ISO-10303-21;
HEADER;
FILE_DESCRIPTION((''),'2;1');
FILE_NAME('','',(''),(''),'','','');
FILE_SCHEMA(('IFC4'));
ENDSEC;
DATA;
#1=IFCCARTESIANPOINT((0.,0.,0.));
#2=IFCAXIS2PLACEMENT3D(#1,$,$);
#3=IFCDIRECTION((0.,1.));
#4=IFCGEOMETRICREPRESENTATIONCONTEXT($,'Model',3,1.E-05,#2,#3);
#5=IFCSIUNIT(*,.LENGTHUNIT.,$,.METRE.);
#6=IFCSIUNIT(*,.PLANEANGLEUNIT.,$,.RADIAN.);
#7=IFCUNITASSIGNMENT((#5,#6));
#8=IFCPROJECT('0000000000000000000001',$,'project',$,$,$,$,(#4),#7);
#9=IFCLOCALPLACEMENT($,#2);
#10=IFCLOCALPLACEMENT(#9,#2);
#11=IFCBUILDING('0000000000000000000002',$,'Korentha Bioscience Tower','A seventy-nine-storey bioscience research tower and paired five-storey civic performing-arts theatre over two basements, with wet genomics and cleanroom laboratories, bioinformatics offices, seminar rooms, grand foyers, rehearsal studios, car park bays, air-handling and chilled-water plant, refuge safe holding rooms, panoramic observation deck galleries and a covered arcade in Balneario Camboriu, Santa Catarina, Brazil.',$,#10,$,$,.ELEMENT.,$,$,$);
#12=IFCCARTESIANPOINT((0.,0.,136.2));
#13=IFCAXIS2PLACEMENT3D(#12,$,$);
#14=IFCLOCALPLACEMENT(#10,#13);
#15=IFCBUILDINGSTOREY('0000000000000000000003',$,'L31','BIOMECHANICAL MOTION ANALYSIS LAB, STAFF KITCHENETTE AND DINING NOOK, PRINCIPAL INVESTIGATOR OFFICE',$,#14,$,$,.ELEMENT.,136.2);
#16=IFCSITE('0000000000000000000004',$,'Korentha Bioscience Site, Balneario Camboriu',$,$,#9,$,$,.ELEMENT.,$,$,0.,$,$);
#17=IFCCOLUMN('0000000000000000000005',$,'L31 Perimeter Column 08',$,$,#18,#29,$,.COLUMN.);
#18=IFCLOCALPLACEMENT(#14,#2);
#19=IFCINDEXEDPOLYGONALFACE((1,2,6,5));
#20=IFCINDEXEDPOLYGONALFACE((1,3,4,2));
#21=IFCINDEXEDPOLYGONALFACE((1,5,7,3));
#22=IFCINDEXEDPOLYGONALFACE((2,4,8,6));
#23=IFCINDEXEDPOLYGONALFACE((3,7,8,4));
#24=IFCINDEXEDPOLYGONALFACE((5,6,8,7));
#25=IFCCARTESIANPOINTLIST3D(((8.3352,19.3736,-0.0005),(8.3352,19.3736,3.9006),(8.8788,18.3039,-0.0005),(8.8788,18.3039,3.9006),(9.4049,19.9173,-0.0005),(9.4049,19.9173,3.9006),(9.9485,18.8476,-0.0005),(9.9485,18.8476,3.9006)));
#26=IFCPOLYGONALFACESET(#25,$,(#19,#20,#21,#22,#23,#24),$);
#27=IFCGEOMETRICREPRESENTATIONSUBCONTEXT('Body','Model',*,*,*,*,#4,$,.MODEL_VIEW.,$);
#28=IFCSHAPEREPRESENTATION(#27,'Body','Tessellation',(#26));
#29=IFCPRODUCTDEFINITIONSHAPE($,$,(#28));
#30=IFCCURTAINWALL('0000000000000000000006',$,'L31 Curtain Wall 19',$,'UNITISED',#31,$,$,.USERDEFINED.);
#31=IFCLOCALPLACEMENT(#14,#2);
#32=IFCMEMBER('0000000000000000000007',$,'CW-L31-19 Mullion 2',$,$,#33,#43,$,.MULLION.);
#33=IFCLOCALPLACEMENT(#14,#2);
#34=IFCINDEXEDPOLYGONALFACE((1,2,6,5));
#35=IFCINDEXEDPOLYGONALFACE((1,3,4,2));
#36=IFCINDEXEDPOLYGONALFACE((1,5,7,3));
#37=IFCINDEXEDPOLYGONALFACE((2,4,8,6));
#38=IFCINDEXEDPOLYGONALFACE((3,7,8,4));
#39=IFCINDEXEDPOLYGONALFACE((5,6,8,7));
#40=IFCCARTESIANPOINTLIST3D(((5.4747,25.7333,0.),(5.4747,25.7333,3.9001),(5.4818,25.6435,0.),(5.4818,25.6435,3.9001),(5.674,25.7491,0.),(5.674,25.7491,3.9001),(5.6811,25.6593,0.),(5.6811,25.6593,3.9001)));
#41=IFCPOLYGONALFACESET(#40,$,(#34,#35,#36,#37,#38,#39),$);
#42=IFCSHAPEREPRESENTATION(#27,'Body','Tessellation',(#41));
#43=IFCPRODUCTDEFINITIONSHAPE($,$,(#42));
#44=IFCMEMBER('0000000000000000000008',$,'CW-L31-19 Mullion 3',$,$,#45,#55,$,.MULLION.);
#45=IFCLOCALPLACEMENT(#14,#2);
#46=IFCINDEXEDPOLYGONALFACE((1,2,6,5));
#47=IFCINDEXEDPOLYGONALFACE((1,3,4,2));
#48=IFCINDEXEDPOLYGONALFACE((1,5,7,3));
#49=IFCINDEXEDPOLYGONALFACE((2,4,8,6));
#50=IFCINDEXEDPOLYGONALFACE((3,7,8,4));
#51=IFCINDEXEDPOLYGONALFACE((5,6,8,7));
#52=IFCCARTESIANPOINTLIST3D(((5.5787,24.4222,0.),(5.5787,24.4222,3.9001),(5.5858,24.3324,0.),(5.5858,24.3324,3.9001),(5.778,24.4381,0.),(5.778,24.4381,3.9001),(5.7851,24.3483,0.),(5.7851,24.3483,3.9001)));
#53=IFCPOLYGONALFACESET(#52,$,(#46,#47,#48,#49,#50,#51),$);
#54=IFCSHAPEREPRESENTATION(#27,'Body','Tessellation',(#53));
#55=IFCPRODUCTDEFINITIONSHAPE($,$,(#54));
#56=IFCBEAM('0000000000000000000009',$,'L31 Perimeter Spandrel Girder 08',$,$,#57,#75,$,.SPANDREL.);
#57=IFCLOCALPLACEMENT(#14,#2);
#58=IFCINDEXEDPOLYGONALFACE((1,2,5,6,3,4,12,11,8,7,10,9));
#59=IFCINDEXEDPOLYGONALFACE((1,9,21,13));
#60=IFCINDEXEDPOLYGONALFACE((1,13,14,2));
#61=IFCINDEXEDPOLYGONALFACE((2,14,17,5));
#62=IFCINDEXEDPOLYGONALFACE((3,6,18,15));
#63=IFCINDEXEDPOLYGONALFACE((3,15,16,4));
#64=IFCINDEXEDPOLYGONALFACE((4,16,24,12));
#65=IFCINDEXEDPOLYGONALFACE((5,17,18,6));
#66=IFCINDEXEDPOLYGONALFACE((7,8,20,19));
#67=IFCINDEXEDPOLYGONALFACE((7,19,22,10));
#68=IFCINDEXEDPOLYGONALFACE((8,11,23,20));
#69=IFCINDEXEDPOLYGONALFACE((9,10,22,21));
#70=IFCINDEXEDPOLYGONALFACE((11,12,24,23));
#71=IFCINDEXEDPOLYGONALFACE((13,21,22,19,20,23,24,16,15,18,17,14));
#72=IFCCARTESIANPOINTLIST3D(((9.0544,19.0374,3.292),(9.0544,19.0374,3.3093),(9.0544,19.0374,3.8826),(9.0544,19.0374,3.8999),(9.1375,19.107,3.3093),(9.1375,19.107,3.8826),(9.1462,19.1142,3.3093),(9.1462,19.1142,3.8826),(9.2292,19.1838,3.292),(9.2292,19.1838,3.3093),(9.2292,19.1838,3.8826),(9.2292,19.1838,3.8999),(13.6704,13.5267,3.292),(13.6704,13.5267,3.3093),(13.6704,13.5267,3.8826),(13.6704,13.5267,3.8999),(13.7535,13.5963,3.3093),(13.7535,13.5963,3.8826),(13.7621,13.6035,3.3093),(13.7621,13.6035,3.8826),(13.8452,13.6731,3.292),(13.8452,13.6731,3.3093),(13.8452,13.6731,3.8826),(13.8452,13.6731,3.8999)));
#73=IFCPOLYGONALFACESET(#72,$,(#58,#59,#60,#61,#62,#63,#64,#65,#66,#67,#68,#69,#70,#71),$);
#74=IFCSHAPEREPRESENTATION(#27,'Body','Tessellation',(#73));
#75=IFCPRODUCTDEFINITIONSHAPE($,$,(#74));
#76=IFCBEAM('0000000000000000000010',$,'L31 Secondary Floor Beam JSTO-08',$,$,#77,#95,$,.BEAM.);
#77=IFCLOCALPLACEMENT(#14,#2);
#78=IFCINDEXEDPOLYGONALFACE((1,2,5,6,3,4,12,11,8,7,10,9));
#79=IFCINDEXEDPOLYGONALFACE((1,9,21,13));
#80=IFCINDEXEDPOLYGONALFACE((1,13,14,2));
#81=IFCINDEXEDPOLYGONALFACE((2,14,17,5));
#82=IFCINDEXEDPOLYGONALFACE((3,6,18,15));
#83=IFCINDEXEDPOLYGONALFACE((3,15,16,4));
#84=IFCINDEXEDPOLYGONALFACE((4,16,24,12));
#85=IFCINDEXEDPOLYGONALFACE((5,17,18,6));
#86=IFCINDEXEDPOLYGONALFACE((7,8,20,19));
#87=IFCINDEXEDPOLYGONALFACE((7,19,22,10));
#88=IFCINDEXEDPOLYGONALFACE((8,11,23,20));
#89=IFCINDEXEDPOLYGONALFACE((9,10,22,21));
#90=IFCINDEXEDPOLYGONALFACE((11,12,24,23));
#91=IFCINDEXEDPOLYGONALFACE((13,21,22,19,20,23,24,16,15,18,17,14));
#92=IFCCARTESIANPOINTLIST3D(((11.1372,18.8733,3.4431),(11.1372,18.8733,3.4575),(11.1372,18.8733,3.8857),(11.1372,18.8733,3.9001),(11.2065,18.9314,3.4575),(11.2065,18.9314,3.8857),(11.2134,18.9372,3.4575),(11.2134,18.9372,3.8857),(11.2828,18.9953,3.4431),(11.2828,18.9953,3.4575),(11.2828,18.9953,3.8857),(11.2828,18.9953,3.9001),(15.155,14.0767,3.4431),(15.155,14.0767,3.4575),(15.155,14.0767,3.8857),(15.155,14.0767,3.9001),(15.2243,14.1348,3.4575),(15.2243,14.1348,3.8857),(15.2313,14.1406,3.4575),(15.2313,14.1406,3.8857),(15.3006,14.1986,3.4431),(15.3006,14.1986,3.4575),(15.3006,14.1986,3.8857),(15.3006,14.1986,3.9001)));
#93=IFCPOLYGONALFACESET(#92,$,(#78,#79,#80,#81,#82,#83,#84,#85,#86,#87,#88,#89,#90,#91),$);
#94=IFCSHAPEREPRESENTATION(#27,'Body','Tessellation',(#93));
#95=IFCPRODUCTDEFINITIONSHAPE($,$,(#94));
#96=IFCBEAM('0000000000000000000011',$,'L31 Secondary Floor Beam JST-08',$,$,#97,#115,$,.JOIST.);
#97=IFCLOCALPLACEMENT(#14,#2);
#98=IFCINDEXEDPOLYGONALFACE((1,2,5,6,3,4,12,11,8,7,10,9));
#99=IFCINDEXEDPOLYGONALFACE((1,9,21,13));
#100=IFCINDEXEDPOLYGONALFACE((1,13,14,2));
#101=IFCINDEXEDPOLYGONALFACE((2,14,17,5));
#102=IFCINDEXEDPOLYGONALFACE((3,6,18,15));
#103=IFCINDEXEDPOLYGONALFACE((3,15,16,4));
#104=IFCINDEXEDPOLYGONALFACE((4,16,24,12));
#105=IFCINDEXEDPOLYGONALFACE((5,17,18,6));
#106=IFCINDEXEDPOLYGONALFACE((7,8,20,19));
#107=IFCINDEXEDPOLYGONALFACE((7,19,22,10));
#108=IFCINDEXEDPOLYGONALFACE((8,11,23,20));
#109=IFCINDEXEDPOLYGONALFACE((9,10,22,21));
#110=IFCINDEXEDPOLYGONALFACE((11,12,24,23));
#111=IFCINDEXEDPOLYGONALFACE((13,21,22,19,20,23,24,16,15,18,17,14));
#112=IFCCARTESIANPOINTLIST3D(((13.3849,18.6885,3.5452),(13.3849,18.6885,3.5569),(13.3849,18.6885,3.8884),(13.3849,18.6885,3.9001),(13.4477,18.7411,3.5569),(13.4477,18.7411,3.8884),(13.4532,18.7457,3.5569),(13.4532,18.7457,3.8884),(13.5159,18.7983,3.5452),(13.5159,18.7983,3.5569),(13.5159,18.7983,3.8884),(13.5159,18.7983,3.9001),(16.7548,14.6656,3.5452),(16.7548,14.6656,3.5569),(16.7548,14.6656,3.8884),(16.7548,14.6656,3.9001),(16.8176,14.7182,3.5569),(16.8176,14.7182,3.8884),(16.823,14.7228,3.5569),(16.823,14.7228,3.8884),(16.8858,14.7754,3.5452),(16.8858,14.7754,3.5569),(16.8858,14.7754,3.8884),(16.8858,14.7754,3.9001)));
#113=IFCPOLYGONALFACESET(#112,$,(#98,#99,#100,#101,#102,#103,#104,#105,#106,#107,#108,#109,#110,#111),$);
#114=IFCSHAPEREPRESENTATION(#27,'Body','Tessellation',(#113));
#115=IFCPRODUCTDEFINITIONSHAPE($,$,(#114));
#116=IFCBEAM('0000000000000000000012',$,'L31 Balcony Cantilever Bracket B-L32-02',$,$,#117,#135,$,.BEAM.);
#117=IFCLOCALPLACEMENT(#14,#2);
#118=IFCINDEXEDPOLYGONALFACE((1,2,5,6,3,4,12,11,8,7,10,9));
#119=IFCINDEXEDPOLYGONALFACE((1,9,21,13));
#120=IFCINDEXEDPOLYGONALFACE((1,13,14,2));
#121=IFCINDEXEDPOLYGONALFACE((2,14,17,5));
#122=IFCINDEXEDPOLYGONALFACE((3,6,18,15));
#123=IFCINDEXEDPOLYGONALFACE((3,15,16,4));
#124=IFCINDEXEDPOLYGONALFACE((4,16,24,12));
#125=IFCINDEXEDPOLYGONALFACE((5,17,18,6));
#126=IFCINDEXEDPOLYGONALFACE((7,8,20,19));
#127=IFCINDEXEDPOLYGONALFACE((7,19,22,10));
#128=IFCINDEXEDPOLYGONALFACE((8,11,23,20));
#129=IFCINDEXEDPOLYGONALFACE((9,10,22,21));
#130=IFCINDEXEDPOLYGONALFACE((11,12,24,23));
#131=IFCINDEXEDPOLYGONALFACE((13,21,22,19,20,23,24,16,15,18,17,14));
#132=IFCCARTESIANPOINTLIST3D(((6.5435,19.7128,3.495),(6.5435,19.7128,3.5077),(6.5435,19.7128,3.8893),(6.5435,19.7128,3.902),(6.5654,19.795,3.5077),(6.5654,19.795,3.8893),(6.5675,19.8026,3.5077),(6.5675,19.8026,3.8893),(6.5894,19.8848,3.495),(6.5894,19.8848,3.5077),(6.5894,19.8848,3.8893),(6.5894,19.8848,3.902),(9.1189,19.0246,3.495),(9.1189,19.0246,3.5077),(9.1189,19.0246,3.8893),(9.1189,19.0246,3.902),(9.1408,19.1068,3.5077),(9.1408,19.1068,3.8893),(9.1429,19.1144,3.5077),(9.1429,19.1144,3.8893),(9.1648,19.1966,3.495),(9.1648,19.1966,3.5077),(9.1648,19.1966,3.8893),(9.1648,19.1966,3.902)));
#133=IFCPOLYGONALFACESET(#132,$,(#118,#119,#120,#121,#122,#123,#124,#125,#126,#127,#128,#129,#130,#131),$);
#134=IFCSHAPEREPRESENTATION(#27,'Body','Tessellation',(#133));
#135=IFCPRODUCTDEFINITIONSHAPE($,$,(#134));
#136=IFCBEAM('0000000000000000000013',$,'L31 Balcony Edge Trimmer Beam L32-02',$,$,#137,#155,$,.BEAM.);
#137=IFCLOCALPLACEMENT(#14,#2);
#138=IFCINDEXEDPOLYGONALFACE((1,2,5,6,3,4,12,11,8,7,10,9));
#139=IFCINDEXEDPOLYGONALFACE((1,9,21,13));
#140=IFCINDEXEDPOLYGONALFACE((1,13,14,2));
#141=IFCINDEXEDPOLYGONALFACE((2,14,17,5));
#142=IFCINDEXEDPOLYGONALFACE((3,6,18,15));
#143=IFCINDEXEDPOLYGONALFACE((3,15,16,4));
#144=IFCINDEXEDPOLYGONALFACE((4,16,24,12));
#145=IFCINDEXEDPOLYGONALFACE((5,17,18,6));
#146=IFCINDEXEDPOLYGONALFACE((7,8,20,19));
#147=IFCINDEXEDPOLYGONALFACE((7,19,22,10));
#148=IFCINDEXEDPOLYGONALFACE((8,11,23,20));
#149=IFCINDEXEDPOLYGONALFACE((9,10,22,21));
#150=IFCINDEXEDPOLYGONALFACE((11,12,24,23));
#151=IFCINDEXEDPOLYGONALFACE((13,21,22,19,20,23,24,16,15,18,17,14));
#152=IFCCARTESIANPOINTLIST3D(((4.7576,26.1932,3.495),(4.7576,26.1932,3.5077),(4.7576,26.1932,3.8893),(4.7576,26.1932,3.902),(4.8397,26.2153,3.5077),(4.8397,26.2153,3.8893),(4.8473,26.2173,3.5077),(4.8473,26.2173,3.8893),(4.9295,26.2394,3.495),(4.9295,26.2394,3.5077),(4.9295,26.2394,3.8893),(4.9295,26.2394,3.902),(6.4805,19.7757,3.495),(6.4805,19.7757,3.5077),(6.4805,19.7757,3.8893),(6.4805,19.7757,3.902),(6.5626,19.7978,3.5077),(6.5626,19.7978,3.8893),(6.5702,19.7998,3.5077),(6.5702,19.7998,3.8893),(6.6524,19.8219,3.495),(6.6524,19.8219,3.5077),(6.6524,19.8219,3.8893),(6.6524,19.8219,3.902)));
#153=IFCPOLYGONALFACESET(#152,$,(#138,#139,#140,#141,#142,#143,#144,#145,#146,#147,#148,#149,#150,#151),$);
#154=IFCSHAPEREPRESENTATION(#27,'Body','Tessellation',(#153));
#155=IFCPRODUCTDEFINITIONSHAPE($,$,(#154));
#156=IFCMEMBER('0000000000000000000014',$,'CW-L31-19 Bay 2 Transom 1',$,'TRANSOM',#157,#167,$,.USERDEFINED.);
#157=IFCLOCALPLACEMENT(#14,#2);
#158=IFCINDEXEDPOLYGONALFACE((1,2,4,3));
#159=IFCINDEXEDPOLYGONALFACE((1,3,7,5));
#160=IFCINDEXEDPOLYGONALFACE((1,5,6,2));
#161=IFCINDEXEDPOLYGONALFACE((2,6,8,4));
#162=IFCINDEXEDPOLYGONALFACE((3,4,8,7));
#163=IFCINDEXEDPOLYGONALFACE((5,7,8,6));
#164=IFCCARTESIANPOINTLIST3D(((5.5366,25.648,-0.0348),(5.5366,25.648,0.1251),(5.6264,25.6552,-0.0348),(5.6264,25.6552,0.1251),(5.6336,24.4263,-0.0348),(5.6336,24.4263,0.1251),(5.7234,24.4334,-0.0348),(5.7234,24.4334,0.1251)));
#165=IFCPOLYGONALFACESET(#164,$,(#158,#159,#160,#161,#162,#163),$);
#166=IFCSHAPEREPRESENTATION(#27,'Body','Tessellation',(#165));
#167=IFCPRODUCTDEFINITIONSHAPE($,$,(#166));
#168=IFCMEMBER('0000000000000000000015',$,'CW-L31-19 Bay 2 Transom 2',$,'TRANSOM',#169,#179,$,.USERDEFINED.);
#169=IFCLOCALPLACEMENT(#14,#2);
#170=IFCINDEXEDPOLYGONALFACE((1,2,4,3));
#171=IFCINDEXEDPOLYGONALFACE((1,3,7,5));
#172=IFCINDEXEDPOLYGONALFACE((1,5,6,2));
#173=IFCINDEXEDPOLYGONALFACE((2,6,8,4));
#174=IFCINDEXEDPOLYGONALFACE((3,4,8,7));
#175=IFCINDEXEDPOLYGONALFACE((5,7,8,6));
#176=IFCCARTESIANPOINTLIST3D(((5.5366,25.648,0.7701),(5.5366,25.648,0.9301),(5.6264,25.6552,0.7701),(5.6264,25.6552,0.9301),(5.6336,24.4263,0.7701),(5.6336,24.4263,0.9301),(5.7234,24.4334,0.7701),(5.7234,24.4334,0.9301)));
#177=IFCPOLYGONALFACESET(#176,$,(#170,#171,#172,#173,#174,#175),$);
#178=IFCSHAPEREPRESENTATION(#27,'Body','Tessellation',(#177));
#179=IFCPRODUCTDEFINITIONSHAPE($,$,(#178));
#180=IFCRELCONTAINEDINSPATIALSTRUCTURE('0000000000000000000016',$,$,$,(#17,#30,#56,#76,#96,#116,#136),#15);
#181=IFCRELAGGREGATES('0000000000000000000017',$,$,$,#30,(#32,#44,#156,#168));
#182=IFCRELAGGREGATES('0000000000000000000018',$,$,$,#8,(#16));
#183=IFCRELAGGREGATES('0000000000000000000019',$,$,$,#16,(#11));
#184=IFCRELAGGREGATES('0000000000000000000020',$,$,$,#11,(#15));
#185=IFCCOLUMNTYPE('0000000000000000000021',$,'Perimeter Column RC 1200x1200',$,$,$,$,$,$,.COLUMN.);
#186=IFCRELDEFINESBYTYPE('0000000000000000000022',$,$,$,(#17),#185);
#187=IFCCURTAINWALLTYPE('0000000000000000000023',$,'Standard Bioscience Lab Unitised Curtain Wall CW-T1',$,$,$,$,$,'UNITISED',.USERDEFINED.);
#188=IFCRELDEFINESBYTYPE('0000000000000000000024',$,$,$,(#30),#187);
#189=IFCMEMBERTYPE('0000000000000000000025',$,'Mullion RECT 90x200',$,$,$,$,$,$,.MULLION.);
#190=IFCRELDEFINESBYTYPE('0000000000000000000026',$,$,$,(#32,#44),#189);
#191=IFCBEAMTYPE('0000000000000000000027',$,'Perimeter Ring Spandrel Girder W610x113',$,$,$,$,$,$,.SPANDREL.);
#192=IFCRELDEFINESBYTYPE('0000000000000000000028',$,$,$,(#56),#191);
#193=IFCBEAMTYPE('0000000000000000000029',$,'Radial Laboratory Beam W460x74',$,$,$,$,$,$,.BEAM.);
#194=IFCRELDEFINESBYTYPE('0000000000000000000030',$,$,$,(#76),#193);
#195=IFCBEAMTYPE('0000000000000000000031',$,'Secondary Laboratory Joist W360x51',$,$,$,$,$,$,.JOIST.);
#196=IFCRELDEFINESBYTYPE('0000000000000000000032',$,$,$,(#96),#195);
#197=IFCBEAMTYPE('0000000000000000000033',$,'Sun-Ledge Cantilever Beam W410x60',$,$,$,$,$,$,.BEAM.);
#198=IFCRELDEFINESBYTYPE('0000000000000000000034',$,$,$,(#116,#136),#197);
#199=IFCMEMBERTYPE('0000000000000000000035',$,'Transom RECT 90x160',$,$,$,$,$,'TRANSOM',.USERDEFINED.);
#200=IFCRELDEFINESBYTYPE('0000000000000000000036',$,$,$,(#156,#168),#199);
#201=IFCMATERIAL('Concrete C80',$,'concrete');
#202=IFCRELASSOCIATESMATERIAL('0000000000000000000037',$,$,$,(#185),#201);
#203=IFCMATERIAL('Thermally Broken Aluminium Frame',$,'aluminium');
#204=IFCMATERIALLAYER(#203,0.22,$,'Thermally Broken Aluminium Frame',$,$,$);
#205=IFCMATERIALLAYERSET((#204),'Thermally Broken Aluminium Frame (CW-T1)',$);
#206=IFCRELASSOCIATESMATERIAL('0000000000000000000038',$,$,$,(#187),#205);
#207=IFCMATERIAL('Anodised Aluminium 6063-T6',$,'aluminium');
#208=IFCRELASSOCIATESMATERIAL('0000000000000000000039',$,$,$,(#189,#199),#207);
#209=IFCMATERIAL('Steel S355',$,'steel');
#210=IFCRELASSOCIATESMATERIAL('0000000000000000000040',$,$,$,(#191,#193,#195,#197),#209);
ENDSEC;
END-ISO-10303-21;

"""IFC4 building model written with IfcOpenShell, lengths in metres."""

from ifc_helpers import new_model, si_unit, direction, frame, origin, origin_2d, place, context, subcontext, project, spatial, rectangle, i_section, extrude, material, layer, layer_set, material_profile, profile_set, type_object, element, aggregate, save


model = new_model("IFC4")

# Units and contexts
model_context = context("Model", 3, precision=1e-05, world=origin(), true_north=direction((0.0, 1.0)))
body_context = subcontext(model_context, "Body", "Model", "MODEL_VIEW")
ifc_project = project(units=[si_unit("LENGTHUNIT", "METRE"), si_unit("PLANEANGLEUNIT", "RADIAN")], contexts=[model_context])

# Site, building, storey
site_placement = place(None, origin())
site = spatial("IfcSite", under=ifc_project, at=site_placement, Name="Korentha Bioscience Site, Balneario Camboriu", CompositionType="ELEMENT", RefElevation=0.0)
building_placement = place(site_placement, origin())
building = spatial("IfcBuilding", under=site, at=building_placement, Name="Korentha Bioscience Tower", Description="A seventy-nine-storey bioscience research tower and paired five-storey civic performing-arts theatre over two basements, with wet genomics and cleanroom laboratories, bioinformatics offices, seminar rooms, grand foyers, rehearsal studios, car park bays, air-handling and chilled-water plant, refuge safe holding rooms, panoramic observation deck galleries and a covered arcade in Balneario Camboriu, Santa Catarina, Brazil.", CompositionType="ELEMENT")
storey_placement = place(building_placement, frame((0.0, 0.0, 136.2)))
storey = spatial("IfcBuildingStorey", under=building, at=storey_placement, Name="L31", Description="BIOMECHANICAL MOTION ANALYSIS LAB, STAFF KITCHENETTE AND DINING NOOK, PRINCIPAL INVESTIGATOR OFFICE", CompositionType="ELEMENT", Elevation=136.2)

# Column
ifc_material_1 = material(Name="Concrete C80", Category="concrete")
ifc_material_profile_1 = material_profile(ifc_material_1, rectangle(XDim=1.2, YDim=1.2, at=origin_2d()), Name="Concrete C80")
ifc_profile_set_1 = profile_set([ifc_material_profile_1], Name="Concrete C80 (COL-P12)")
column_type = type_object("IfcColumnType", Name="Perimeter Column RC 1200x1200", PredefinedType="COLUMN", material=ifc_profile_set_1)
column_placement = place(storey_placement, frame((9.1418, 19.1106, -0.0005), z_axis=(0.0, 0.0, 1.0), x_axis=(-0.453057, 0.891481, 0.0)))
element("IfcColumn", 1, at=column_placement, inside=storey, type_object=column_type, Name="L31 Perimeter Column 08", PredefinedType="COLUMN", context=body_context, shape_type="SweptSolid", body=[
    extrude(rectangle(XDim=1.2, YDim=1.2, at=origin_2d()), origin(), (0.0, 0.0, 1.0), 3.9011),
])

# Curtain wall, members
ifc_material_2 = material(Name="Thermally Broken Aluminium Frame", Category="aluminium")
ifc_layer_1 = layer(ifc_material_2, 0.22, Name="Thermally Broken Aluminium Frame")
ifc_layer_set_1 = layer_set([ifc_layer_1], Name="Thermally Broken Aluminium Frame (CW-T1)")
curtain_wall_type = type_object("IfcCurtainWallType", Name="Standard Bioscience Lab Unitised Curtain Wall CW-T1", ElementType="UNITISED", PredefinedType="USERDEFINED", material=ifc_layer_set_1)
curtain_wall_placement = place(storey_placement, origin())
curtain_wall = element("IfcCurtainWall", 2, at=curtain_wall_placement, inside=storey, type_object=curtain_wall_type, Name="L31 Curtain Wall 19", ObjectType="UNITISED", PredefinedType="USERDEFINED")
ifc_material_3 = material(Name="Anodised Aluminium 6063-T6", Category="aluminium")
ifc_material_profile_2 = material_profile(ifc_material_3, rectangle(XDim=0.0901, YDim=0.2, at=origin_2d()), Name="Anodised Aluminium 6063-T6")
ifc_profile_set_2 = profile_set([ifc_material_profile_2], Name="Anodised Aluminium 6063-T6 (CW-MUL)")
member_type_1 = type_object("IfcMemberType", Name="Mullion RECT 90x200", PredefinedType="MULLION", material=ifc_profile_set_2)
member_1_placement = place(storey_placement, frame((5.5779, 25.6963, 0.0), z_axis=(0.0, 0.0, 1.0), x_axis=(0.07913, -0.996864, 0.0)))
member_1 = element("IfcMember", 3, at=member_1_placement, type_object=member_type_1, Name="CW-L31-19 Mullion 2", PredefinedType="MULLION", context=body_context, shape_type="SweptSolid", body=[
    extrude(rectangle(XDim=0.0901, YDim=0.2, at=origin_2d()), origin(), (0.0, 0.0, 1.0), 3.9001),
])
member_2_placement = place(storey_placement, frame((5.6819, 24.3853, 0.0), z_axis=(0.0, 0.0, 1.0), x_axis=(0.07913, -0.996864, 0.0)))
member_2 = element("IfcMember", 4, at=member_2_placement, type_object=member_type_1, Name="CW-L31-19 Mullion 3", PredefinedType="MULLION", context=body_context, shape_type="SweptSolid", body=[
    extrude(rectangle(XDim=0.0901, YDim=0.2, at=origin_2d()), origin(), (0.0, 0.0, 1.0), 3.9001),
])

# Beams
ifc_material_4 = material(Name="Steel S355", Category="steel")
ifc_material_profile_3 = material_profile(ifc_material_4, i_section(OverallWidth=0.228, OverallDepth=0.6079, WebThickness=0.0112, FlangeThickness=0.0173, at=origin_2d()), Name="Steel S355")
ifc_profile_set_3 = profile_set([ifc_material_profile_3], Name="Steel S355 (SB-610)")
beam_type_1 = type_object("IfcBeamType", Name="Perimeter Ring Spandrel Girder W610x113", PredefinedType="SPANDREL", material=ifc_profile_set_3)
beam_1_placement = place(storey_placement, frame((9.1418, 19.1106, 3.5959), z_axis=(0.642127, -0.766599, 0.0), x_axis=(0.766599, 0.642127, 0.0)))
element("IfcBeam", 5, at=beam_1_placement, inside=storey, type_object=beam_type_1, Name="L31 Perimeter Spandrel Girder 08", PredefinedType="SPANDREL", context=body_context, shape_type="SweptSolid", body=[
    extrude(i_section(OverallWidth=0.228, OverallDepth=0.6079, WebThickness=0.0112, FlangeThickness=0.0173, at=origin_2d()), origin(), (0.0, 0.0, 1.0), 7.1885),
])
ifc_material_profile_4 = material_profile(ifc_material_4, i_section(OverallWidth=0.1899, OverallDepth=0.457, WebThickness=0.009, FlangeThickness=0.0144, at=origin_2d()), Name="Steel S355")
ifc_profile_set_4 = profile_set([ifc_material_profile_4], Name="Steel S355 (RB-460)")
beam_type_2 = type_object("IfcBeamType", Name="Radial Laboratory Beam W460x74", PredefinedType="BEAM", material=ifc_profile_set_4)
beam_2_placement = place(storey_placement, frame((11.21, 18.9343, 3.6716), z_axis=(0.642128, -0.766597, 0.0), x_axis=(0.766597, 0.642128, 0.0)))
element("IfcBeam", 6, at=beam_2_placement, inside=storey, type_object=beam_type_2, Name="L31 Secondary Floor Beam JSTO-08", PredefinedType="BEAM", context=body_context, shape_type="SweptSolid", body=[
    extrude(i_section(OverallWidth=0.1899, OverallDepth=0.457, WebThickness=0.009, FlangeThickness=0.0144, at=origin_2d()), origin(), (0.0, 0.0, 1.0), 6.2571),
])
ifc_material_profile_5 = material_profile(ifc_material_4, i_section(OverallWidth=0.1709, OverallDepth=0.355, WebThickness=0.0071, FlangeThickness=0.0117, at=origin_2d()), Name="Steel S355")
ifc_profile_set_5 = profile_set([ifc_material_profile_5], Name="Steel S355 (JB-360)")
beam_type_3 = type_object("IfcBeamType", Name="Secondary Laboratory Joist W360x51", PredefinedType="JOIST", material=ifc_profile_set_5)
beam_3_placement = place(storey_placement, frame((13.4504, 18.7434, 3.7227), z_axis=(0.642141, -0.766587, 0.0), x_axis=(0.766587, 0.642141, 0.0)))
element("IfcBeam", 7, at=beam_3_placement, inside=storey, type_object=beam_type_3, Name="L31 Secondary Floor Beam JST-08", PredefinedType="JOIST", context=body_context, shape_type="SweptSolid", body=[
    extrude(i_section(OverallWidth=0.1709, OverallDepth=0.355, WebThickness=0.0071, FlangeThickness=0.0117, at=origin_2d()), origin(), (0.0, 0.0, 1.0), 5.2478),
])
ifc_material_profile_6 = material_profile(ifc_material_4, i_section(OverallWidth=0.178, OverallDepth=0.407, WebThickness=0.0078, FlangeThickness=0.0127, at=origin_2d()), Name="Steel S355")
ifc_profile_set_6 = profile_set([ifc_material_profile_6], Name="Steel S355 (CB-410)")
beam_type_4 = type_object("IfcBeamType", Name="Sun-Ledge Cantilever Beam W410x60", PredefinedType="BEAM", material=ifc_profile_set_6)
beam_4_placement = place(storey_placement, frame((9.1418, 19.1106, 3.6985), z_axis=(-0.9661, 0.25817, 0.0), x_axis=(-0.25817, -0.9661, 0.0)))
element("IfcBeam", 8, at=beam_4_placement, inside=storey, type_object=beam_type_4, Name="L31 Balcony Cantilever Bracket B-L32-02", PredefinedType="BEAM", context=body_context, shape_type="SweptSolid", body=[
    extrude(i_section(OverallWidth=0.178, OverallDepth=0.407, WebThickness=0.0078, FlangeThickness=0.0127, at=origin_2d()), origin(), (0.0, 0.0, 1.0), 2.6658),
])
beam_5_placement = place(storey_placement, frame((4.8435, 26.2163, 3.6985), z_axis=(0.259288, -0.9658, 0.0), x_axis=(0.9658, 0.259288, 0.0)))
element("IfcBeam", 9, at=beam_5_placement, inside=storey, type_object=beam_type_4, Name="L31 Balcony Edge Trimmer Beam L32-02", PredefinedType="BEAM", context=body_context, shape_type="SweptSolid", body=[
    extrude(i_section(OverallWidth=0.178, OverallDepth=0.407, WebThickness=0.0078, FlangeThickness=0.0127, at=origin_2d()), origin(), (0.0, 0.0, 1.0), 6.6448),
])

# Members
ifc_material_profile_7 = material_profile(ifc_material_3, rectangle(XDim=0.0901, YDim=0.1599, at=origin_2d()), Name="Anodised Aluminium 6063-T6")
ifc_profile_set_7 = profile_set([ifc_material_profile_7], Name="Anodised Aluminium 6063-T6 (CW-TRN)")
member_type_2 = type_object("IfcMemberType", Name="Transom RECT 90x160", ElementType="TRANSOM", PredefinedType="USERDEFINED", material=ifc_profile_set_7)
member_3_placement = place(storey_placement, frame((5.5815, 25.6516, 0.0452), z_axis=(0.079088, -0.996868, 0.0), x_axis=(0.996868, 0.079088, 0.0)))
member_3 = element("IfcMember", 10, at=member_3_placement, type_object=member_type_2, Name="CW-L31-19 Bay 2 Transom 1", ObjectType="TRANSOM", PredefinedType="USERDEFINED", context=body_context, shape_type="SweptSolid", body=[
    extrude(rectangle(XDim=0.0901, YDim=0.1599, at=origin_2d()), origin(), (0.0, 0.0, 1.0), 1.2256),
])
member_4_placement = place(storey_placement, frame((5.5815, 25.6516, 0.8501), z_axis=(0.079088, -0.996868, 0.0), x_axis=(0.996868, 0.079088, 0.0)))
member_4 = element("IfcMember", 11, at=member_4_placement, type_object=member_type_2, Name="CW-L31-19 Bay 2 Transom 2", ObjectType="TRANSOM", PredefinedType="USERDEFINED", context=body_context, shape_type="SweptSolid", body=[
    extrude(rectangle(XDim=0.0901, YDim=0.1599, at=origin_2d()), origin(), (0.0, 0.0, 1.0), 1.2256),
])

aggregate(curtain_wall, [member_1, member_2, member_3, member_4])

save(model, "model.ifc")
